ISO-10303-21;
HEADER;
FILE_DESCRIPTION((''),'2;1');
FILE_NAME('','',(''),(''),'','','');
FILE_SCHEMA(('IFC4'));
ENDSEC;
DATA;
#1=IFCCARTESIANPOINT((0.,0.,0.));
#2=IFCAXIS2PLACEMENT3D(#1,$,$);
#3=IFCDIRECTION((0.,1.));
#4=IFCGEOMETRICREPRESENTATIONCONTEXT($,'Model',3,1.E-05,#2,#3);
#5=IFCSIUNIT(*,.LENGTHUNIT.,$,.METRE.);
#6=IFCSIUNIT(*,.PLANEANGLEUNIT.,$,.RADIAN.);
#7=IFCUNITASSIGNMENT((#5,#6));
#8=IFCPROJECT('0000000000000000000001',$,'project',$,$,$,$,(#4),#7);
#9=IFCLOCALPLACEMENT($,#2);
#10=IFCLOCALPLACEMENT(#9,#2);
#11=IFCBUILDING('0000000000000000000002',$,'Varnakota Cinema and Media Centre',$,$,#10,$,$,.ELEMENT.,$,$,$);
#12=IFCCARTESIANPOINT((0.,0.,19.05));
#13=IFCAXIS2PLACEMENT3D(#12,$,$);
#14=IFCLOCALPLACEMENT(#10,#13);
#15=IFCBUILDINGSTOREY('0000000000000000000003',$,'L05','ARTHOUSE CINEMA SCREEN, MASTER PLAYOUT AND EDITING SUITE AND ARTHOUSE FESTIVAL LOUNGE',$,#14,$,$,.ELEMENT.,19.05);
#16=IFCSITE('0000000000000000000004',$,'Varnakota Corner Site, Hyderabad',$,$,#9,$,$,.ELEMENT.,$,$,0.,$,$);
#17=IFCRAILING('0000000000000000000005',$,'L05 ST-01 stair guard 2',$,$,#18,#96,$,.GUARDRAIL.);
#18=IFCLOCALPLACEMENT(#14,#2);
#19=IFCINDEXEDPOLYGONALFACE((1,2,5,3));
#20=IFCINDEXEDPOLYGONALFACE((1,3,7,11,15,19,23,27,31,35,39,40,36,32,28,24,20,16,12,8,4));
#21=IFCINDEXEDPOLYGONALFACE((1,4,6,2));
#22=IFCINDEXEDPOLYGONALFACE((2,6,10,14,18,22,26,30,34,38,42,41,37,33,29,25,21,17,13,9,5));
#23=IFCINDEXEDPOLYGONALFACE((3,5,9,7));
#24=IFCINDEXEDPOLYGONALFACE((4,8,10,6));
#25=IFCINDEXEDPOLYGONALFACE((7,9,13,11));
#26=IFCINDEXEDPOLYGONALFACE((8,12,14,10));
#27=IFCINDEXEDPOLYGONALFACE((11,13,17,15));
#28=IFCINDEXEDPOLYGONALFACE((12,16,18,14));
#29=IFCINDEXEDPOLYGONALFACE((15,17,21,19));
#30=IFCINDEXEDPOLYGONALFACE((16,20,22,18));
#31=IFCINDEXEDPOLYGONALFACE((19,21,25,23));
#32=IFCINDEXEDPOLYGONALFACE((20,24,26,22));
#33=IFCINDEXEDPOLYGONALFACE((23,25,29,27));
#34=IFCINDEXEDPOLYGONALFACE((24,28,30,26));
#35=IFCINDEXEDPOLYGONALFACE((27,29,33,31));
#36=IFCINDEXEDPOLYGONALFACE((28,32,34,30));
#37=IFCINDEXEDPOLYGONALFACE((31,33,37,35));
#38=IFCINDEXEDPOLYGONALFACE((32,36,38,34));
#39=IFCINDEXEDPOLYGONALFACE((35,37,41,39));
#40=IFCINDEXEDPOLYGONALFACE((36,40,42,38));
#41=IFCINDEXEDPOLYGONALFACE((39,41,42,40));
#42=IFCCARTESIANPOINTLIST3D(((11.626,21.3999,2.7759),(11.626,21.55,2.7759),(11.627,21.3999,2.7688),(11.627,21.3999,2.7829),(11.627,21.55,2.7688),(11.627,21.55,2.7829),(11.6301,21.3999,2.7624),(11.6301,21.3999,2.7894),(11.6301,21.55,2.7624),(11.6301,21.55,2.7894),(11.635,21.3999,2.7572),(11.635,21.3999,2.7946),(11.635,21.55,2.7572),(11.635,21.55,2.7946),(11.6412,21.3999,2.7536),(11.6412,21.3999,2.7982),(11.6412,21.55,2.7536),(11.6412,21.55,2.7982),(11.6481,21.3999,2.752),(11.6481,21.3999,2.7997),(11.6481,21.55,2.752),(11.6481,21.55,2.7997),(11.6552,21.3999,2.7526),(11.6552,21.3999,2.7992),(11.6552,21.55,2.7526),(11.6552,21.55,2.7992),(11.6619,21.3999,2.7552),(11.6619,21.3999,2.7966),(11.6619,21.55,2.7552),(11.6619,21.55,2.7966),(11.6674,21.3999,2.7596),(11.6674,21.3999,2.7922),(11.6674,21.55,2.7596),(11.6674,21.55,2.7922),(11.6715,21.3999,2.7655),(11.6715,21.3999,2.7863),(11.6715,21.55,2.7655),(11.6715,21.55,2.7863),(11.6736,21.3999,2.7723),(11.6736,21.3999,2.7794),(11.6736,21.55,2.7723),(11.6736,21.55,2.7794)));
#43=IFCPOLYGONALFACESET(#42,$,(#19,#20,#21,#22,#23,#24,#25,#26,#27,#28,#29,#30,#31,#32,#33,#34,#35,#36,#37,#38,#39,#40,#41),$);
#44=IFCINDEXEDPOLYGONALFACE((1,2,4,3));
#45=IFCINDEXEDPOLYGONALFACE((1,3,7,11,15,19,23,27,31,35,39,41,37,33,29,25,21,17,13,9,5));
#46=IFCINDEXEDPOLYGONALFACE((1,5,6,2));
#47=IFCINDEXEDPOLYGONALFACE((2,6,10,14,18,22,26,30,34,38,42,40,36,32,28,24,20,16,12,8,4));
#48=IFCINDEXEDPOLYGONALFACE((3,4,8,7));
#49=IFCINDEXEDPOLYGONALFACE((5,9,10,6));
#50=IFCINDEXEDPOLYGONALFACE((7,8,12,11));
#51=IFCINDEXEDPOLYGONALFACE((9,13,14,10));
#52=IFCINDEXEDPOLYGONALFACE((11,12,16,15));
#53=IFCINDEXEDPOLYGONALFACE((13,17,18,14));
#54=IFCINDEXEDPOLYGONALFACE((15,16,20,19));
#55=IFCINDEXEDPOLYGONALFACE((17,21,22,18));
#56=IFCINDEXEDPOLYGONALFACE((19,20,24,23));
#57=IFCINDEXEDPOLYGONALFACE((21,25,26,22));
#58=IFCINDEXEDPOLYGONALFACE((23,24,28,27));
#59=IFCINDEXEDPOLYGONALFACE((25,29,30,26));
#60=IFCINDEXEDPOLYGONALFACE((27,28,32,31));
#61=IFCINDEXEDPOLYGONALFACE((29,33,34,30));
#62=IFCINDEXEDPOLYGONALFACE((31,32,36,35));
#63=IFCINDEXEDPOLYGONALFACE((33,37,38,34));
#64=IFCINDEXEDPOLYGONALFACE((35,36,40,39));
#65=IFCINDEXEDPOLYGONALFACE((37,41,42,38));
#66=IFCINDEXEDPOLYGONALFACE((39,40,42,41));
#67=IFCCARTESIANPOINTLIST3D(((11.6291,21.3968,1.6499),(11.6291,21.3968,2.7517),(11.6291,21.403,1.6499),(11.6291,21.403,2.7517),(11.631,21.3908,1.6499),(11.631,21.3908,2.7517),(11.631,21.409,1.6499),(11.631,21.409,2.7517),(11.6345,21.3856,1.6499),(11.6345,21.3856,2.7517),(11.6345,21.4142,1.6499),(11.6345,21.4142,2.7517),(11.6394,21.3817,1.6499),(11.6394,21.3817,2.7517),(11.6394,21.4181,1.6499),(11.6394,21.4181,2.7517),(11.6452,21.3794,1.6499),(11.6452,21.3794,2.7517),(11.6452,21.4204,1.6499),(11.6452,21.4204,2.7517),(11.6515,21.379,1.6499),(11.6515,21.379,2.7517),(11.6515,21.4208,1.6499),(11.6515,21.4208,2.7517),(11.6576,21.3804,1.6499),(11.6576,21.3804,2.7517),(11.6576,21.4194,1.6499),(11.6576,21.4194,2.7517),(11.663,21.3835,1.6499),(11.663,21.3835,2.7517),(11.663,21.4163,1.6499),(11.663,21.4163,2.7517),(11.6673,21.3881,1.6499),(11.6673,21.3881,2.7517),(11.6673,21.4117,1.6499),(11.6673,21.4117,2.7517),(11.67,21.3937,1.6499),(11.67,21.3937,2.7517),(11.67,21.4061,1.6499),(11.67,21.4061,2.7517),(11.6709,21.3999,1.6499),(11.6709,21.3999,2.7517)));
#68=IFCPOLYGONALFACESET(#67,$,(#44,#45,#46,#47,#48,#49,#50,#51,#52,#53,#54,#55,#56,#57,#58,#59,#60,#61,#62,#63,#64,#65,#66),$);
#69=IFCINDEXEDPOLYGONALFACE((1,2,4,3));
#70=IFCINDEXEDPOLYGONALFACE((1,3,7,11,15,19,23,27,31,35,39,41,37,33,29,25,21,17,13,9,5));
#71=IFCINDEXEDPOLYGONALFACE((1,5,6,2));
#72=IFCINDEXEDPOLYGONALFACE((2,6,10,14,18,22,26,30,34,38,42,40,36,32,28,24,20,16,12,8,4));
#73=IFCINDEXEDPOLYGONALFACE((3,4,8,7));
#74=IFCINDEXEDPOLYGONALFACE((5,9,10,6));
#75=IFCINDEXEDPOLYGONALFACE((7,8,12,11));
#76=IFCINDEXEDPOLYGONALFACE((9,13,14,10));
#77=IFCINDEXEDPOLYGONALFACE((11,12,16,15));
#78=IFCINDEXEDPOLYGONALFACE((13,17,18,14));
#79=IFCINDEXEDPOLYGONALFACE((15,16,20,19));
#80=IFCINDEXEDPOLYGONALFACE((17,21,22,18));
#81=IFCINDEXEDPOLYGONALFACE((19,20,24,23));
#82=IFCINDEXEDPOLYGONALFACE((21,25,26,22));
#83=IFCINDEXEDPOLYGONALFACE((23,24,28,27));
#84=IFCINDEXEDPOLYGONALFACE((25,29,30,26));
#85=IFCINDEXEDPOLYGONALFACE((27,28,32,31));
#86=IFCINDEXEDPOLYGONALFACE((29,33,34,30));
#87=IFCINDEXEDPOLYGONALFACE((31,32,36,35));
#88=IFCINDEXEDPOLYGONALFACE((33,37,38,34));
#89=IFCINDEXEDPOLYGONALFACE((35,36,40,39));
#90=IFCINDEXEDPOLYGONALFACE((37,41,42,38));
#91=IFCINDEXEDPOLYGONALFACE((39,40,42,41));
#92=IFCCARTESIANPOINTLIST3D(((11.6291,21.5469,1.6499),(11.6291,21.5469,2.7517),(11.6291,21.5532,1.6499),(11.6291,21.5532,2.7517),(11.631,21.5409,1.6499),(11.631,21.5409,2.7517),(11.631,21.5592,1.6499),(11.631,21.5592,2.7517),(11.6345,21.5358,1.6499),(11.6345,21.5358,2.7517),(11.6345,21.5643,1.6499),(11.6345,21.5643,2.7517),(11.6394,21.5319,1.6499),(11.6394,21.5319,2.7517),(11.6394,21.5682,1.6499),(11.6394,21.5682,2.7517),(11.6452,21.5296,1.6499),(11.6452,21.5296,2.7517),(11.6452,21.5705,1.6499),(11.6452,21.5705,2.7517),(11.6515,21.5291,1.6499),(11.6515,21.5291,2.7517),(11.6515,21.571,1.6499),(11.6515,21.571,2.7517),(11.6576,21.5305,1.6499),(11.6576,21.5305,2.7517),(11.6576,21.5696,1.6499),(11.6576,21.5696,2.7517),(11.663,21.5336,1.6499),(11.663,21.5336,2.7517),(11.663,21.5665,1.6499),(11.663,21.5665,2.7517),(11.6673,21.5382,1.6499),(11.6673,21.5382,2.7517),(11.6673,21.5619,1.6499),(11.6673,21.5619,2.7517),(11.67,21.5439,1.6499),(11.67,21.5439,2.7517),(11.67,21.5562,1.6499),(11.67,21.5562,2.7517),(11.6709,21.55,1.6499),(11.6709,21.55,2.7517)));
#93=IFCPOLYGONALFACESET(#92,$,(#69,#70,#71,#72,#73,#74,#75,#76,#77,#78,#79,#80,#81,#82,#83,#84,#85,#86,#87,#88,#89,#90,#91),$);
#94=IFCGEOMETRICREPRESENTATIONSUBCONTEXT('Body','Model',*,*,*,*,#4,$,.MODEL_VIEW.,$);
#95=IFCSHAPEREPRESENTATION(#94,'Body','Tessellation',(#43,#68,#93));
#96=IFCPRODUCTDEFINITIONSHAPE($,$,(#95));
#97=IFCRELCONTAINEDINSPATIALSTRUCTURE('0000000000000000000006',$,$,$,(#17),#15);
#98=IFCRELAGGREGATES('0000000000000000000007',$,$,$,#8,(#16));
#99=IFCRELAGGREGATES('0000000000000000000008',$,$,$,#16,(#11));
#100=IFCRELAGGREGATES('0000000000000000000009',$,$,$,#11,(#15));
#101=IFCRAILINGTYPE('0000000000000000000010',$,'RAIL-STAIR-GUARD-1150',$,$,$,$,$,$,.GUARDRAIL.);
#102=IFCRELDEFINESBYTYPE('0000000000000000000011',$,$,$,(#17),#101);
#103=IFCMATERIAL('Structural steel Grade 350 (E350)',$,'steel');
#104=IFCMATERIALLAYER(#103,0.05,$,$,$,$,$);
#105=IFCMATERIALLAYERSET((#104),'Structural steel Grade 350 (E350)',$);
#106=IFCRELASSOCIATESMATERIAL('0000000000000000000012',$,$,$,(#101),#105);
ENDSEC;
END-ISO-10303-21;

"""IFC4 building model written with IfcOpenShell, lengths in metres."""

from ifc_helpers import new_model, si_unit, direction, frame, origin, origin_2d, place, context, subcontext, project, spatial, circle, extrude, material, layer, layer_set, type_object, element, save


model = new_model("IFC4")

# Units and contexts
model_context = context("Model", 3, precision=1e-05, world=origin(), true_north=direction((0.0, 1.0)))
body_context = subcontext(model_context, "Body", "Model", "MODEL_VIEW")
ifc_project = project(units=[si_unit("LENGTHUNIT", "METRE"), si_unit("PLANEANGLEUNIT", "RADIAN")], contexts=[model_context])

# Site, building, storey
site_placement = place(None, origin())
site = spatial("IfcSite", under=ifc_project, at=site_placement, Name="Varnakota Corner Site, Hyderabad", CompositionType="ELEMENT", RefElevation=0.0)
building_placement = place(site_placement, origin())
building = spatial("IfcBuilding", under=site, at=building_placement, Name="Varnakota Cinema and Media Centre", CompositionType="ELEMENT")
storey_placement = place(building_placement, frame((0.0, 0.0, 19.05)))
storey = spatial("IfcBuildingStorey", under=building, at=storey_placement, Name="L05", Description="ARTHOUSE CINEMA SCREEN, MASTER PLAYOUT AND EDITING SUITE AND ARTHOUSE FESTIVAL LOUNGE", CompositionType="ELEMENT", Elevation=19.05)

# Railing
ifc_material_1 = material(Name="Structural steel Grade 350 (E350)", Category="steel")
ifc_layer_1 = layer(ifc_material_1, 0.05)
ifc_layer_set_1 = layer_set([ifc_layer_1], Name="Structural steel Grade 350 (E350)")
railing_type_1 = type_object("IfcRailingType", Name="RAIL-STAIR-GUARD-1150", PredefinedType="GUARDRAIL", material=ifc_layer_set_1)
railing_1_placement = place(storey_placement, frame((11.6499, 21.3999, 1.6499)))
element("IfcRailing", 1, at=railing_1_placement, inside=storey, type_object=railing_type_1, Name="L05 ST-01 stair guard 2", PredefinedType="GUARDRAIL", context=body_context, shape_type="SweptSolid", body=[
    extrude(circle(Radius=0.0239, at=origin_2d()), frame((0.0, 0.0, 1.126), z_axis=(0.0, 1.0, 0.0), x_axis=(-1.0, 0.0, 0.0)), (0.0, 0.0, 1.0), 0.1501),
    extrude(circle(Radius=0.021, at=origin_2d()), origin(), (0.0, 0.0, 1.0), 1.1018),
    extrude(circle(Radius=0.021, at=origin_2d()), frame((0.0, 0.1501, 0.0)), (0.0, 0.0, 1.0), 1.1018),
])

save(model, "model.ifc")
